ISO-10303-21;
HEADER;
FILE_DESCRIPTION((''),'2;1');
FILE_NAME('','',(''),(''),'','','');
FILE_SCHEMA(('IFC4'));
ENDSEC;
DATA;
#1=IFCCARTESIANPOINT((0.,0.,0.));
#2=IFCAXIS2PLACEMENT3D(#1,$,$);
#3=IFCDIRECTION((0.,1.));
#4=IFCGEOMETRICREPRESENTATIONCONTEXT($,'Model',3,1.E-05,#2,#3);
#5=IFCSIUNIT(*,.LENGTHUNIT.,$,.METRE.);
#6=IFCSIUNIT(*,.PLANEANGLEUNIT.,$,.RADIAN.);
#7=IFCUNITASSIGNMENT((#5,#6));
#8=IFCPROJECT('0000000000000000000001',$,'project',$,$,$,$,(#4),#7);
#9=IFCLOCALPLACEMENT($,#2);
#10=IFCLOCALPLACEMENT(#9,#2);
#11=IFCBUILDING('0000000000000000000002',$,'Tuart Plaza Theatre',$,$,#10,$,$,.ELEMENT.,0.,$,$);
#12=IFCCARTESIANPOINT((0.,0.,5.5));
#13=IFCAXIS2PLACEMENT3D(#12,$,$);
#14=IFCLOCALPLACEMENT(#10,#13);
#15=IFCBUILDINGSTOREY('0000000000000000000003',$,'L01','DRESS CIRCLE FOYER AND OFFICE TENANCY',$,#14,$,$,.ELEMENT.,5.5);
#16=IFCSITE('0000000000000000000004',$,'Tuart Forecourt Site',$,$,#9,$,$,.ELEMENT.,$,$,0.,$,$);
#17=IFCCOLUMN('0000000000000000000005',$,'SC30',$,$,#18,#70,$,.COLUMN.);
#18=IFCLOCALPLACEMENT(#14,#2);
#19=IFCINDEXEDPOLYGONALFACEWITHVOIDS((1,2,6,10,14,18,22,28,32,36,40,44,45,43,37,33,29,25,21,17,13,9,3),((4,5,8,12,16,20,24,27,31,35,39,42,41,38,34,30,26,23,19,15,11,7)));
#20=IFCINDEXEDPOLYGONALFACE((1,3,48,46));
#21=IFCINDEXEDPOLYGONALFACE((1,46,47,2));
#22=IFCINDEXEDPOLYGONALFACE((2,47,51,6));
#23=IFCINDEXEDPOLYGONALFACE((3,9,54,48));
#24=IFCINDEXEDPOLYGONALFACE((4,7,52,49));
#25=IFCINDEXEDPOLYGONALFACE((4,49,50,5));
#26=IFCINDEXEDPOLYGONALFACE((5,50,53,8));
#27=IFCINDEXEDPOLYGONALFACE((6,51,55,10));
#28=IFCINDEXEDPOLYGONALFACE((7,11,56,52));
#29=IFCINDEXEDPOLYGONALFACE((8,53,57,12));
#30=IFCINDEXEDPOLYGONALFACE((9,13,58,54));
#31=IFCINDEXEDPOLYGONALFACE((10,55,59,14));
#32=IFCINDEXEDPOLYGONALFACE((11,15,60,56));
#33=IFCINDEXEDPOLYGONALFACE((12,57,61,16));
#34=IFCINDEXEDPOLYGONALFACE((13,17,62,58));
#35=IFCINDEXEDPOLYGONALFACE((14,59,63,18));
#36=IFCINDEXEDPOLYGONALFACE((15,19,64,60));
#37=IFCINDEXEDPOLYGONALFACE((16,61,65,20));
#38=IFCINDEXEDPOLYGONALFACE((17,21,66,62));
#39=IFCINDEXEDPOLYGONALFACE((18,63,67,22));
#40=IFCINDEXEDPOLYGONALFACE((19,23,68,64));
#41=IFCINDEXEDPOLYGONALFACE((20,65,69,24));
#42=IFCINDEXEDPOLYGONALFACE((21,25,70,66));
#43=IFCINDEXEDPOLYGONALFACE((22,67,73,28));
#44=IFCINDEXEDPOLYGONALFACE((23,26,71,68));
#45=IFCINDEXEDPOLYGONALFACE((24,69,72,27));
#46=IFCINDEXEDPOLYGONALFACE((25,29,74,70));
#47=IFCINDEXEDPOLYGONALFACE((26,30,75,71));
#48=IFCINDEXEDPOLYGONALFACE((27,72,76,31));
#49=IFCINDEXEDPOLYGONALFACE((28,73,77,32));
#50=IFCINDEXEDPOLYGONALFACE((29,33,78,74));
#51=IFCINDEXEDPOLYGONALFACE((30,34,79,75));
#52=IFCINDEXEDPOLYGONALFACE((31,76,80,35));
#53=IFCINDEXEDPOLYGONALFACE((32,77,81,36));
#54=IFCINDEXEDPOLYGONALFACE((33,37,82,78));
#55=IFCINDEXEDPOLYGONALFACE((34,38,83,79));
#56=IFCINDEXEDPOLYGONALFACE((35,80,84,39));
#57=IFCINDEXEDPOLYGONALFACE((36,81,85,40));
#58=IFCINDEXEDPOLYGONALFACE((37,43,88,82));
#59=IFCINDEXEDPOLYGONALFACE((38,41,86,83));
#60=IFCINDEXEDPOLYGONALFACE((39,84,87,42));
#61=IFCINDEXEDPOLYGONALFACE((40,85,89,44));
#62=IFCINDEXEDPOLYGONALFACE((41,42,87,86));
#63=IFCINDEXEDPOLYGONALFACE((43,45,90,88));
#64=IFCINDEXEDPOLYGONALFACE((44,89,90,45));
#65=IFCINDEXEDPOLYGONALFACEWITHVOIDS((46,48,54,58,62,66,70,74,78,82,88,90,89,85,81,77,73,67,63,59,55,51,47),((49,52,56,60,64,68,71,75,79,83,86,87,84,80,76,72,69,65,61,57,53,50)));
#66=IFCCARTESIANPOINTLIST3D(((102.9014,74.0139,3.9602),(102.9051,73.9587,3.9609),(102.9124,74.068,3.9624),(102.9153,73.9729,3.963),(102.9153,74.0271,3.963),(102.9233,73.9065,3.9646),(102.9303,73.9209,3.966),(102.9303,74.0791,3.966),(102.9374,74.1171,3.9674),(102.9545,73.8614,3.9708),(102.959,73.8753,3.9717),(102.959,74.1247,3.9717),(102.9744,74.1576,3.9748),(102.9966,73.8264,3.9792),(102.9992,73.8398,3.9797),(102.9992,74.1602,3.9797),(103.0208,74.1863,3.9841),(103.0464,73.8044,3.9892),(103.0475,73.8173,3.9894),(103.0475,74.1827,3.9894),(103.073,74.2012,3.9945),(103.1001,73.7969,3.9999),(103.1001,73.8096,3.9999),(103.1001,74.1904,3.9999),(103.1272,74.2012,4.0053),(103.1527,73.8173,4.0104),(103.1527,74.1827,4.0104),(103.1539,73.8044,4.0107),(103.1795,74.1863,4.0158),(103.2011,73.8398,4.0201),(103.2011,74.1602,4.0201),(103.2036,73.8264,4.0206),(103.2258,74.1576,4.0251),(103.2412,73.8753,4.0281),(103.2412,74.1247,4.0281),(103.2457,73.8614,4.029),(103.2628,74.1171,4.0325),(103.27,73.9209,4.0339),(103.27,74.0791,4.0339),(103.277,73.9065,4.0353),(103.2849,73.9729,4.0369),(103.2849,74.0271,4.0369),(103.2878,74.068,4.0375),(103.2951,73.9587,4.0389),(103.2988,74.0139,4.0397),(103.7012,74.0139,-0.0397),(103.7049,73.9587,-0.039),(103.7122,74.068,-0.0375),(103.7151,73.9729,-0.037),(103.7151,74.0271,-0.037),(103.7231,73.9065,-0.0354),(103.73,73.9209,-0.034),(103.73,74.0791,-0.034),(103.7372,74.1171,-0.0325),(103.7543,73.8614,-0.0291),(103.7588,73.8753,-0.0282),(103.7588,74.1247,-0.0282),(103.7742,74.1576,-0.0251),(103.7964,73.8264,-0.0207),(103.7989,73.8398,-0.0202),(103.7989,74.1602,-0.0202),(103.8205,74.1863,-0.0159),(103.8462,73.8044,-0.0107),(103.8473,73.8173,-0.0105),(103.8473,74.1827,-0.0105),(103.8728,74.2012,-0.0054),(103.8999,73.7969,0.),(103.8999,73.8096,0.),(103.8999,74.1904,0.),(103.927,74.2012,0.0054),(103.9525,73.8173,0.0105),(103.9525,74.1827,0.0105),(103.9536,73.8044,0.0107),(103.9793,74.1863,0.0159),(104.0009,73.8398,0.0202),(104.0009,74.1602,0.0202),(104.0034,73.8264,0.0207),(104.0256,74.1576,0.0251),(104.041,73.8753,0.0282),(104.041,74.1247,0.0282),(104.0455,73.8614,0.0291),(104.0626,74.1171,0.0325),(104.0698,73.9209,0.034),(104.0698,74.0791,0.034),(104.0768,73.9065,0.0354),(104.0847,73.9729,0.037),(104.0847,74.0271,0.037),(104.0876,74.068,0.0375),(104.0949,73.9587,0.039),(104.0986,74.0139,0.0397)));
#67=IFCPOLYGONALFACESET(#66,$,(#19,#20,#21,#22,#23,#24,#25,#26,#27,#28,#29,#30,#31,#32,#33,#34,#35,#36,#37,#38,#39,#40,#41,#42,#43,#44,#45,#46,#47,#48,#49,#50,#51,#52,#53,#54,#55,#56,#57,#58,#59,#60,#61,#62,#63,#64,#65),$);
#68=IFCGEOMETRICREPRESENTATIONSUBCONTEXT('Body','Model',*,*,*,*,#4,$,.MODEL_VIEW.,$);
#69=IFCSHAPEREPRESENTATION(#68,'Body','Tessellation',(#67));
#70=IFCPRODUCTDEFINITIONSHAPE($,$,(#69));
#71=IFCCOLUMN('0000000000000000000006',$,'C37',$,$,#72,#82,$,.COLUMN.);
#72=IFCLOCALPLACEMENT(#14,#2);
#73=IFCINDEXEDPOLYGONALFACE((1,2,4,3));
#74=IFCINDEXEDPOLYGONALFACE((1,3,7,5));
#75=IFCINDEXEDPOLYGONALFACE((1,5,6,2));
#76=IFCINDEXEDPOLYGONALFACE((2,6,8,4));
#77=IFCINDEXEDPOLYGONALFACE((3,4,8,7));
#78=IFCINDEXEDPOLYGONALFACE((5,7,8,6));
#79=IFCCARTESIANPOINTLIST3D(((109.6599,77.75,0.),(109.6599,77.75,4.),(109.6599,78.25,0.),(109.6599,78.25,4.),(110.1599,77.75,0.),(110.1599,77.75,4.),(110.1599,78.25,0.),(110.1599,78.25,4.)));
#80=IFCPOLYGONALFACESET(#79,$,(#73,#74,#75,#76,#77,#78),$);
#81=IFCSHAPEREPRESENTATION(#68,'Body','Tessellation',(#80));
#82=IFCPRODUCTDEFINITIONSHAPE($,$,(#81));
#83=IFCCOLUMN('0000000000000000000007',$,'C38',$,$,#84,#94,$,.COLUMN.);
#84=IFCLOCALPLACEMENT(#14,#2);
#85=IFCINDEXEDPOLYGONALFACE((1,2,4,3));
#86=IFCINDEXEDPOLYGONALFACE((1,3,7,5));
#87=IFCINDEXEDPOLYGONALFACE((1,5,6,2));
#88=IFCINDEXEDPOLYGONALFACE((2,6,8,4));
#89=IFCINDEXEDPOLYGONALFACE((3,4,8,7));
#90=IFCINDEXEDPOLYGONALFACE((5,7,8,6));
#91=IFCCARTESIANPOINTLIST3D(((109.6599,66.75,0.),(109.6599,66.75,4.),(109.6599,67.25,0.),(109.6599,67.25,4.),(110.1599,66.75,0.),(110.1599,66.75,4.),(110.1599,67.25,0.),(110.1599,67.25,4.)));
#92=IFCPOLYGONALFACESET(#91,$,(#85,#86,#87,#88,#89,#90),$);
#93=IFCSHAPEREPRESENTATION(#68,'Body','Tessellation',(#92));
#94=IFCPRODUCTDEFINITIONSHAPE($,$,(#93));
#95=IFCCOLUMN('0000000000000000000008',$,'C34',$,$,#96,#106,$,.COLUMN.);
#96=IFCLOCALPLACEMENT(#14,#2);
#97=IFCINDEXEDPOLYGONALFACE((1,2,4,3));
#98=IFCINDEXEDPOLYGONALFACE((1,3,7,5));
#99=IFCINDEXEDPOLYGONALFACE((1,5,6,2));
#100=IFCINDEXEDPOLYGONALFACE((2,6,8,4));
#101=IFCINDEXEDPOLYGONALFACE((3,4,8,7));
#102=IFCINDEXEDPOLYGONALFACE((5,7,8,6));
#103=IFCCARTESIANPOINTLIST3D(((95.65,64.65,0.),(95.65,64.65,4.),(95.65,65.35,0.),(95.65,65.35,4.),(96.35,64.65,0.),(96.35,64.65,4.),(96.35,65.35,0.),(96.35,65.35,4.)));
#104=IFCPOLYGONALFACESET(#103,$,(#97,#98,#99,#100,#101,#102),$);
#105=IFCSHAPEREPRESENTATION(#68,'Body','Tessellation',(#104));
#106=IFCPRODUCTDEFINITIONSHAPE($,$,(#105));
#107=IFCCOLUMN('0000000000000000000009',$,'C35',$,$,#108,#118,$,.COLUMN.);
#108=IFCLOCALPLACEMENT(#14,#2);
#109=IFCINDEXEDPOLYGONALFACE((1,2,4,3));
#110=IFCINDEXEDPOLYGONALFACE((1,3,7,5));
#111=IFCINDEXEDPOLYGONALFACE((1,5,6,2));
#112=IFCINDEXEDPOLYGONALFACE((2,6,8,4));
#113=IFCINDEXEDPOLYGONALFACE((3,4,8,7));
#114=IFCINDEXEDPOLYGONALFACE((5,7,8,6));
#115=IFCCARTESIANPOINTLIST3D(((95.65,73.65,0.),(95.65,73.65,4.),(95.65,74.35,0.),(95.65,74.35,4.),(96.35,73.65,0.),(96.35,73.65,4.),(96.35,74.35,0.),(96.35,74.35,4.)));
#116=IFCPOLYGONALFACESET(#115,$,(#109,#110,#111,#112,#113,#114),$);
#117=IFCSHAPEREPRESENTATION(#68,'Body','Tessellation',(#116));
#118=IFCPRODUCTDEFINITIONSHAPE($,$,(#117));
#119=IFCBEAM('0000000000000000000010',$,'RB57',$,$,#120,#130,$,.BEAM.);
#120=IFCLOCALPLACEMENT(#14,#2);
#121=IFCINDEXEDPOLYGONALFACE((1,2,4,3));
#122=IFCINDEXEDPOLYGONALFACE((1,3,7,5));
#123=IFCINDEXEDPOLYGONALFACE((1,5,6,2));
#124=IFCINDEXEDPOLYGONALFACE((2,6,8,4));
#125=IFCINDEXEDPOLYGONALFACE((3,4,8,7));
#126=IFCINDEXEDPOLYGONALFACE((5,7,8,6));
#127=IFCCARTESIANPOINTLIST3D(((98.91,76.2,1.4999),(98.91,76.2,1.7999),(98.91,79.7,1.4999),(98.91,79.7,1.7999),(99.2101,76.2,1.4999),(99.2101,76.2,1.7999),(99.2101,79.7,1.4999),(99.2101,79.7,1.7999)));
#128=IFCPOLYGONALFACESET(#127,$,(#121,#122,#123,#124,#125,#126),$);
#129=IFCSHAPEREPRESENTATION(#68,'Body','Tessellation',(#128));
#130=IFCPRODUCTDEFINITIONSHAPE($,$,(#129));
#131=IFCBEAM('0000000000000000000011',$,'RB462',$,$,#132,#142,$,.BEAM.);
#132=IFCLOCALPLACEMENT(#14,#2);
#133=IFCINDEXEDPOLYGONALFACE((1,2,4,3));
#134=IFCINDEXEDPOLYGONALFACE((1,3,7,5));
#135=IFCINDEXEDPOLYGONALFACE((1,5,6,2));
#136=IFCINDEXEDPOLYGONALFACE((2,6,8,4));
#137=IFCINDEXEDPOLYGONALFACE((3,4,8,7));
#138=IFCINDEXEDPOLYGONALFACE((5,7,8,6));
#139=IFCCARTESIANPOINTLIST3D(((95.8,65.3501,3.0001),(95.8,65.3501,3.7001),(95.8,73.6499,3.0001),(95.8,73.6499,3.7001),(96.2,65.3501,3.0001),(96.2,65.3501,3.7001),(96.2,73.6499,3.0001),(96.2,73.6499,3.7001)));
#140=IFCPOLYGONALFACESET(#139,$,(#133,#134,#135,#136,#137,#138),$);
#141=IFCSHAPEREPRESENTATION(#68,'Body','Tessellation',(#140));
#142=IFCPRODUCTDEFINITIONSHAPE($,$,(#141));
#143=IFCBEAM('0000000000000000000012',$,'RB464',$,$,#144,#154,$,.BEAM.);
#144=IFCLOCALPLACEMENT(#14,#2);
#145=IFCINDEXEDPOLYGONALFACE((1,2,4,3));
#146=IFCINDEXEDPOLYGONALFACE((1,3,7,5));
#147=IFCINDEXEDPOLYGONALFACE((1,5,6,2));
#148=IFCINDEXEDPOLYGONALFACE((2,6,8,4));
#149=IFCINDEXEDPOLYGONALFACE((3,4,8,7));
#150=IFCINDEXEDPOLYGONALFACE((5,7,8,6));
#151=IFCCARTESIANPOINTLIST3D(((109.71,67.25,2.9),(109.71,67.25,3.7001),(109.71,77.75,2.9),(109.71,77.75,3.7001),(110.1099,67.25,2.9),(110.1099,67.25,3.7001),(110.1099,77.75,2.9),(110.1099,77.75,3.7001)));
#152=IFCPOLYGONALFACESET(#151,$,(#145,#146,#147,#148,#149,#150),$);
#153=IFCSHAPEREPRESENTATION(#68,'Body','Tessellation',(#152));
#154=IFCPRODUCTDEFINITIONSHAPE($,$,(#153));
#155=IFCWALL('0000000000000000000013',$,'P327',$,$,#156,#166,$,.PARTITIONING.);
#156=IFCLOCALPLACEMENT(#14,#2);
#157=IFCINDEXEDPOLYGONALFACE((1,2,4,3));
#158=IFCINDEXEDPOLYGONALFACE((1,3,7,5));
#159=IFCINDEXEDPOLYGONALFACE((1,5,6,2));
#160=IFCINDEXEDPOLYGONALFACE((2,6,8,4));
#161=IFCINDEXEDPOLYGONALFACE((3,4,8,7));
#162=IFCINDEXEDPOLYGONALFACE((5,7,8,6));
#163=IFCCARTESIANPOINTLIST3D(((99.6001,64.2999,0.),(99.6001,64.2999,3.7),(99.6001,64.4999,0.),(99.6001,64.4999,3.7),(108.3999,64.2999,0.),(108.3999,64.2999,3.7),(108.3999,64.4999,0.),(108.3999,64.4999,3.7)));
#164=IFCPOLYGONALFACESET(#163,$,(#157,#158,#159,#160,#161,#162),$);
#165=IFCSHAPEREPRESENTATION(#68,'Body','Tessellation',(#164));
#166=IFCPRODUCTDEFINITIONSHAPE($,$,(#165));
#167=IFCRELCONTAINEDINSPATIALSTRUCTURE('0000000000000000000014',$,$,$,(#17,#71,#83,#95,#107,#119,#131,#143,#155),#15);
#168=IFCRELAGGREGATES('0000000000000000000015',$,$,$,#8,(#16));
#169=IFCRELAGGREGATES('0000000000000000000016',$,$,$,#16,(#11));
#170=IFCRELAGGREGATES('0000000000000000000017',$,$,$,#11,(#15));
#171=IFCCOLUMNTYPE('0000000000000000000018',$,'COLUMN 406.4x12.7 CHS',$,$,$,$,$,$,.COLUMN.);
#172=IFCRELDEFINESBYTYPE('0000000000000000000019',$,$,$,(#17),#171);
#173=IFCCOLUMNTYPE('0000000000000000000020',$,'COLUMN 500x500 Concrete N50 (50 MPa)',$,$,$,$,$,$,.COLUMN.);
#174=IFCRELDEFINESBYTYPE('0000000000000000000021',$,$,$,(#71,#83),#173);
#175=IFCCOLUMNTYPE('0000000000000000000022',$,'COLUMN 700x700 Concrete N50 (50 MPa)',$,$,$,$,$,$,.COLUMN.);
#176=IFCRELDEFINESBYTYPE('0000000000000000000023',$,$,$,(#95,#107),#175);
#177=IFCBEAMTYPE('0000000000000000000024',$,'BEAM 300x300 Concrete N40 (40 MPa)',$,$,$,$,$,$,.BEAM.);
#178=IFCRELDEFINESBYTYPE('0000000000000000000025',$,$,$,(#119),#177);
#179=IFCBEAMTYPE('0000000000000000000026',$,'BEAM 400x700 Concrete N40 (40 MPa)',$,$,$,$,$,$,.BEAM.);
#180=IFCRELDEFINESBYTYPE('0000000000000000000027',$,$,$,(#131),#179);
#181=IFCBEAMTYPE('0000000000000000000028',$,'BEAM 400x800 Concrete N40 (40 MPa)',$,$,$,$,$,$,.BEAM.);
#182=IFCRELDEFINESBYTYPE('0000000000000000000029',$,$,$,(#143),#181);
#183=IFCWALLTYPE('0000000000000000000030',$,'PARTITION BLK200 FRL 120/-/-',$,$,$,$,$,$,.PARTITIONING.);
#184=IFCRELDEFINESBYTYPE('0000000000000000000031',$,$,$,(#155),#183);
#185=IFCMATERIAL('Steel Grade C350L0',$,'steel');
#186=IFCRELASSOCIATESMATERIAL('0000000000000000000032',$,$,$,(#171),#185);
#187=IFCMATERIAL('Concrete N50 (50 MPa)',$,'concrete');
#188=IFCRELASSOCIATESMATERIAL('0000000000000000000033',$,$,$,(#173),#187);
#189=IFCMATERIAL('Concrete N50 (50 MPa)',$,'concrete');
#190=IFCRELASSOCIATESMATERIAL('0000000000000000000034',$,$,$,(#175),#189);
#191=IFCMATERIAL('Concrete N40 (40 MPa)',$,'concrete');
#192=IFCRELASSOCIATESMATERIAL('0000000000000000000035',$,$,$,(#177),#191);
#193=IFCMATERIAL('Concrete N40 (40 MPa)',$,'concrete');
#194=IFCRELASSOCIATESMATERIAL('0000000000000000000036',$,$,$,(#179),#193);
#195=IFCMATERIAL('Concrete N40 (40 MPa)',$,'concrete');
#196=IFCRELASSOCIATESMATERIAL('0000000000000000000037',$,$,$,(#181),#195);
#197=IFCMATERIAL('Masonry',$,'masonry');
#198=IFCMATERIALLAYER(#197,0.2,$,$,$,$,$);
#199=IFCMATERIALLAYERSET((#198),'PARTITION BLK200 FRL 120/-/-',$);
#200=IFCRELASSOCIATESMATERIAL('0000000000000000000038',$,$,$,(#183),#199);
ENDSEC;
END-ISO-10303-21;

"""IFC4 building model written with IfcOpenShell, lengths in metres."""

from ifc_helpers import new_model, si_unit, direction, frame, frame_2d, origin, origin_2d, place, context, subcontext, project, spatial, rectangle, hollow_circle, extrude, material, layer, layer_set, material_profile, profile_set, type_object, element, save


model = new_model("IFC4")

# Units and contexts
model_context = context("Model", 3, precision=1e-05, world=origin(), true_north=direction((0.0, 1.0)))
body_context = subcontext(model_context, "Body", "Model", "MODEL_VIEW")
ifc_project = project(units=[si_unit("LENGTHUNIT", "METRE"), si_unit("PLANEANGLEUNIT", "RADIAN")], contexts=[model_context])

# Site, building, storey
site_placement = place(None, origin())
site = spatial("IfcSite", under=ifc_project, at=site_placement, Name="Tuart Forecourt Site", CompositionType="ELEMENT", RefElevation=0.0)
building_placement = place(site_placement, origin())
building = spatial("IfcBuilding", under=site, at=building_placement, Name="Tuart Plaza Theatre", CompositionType="ELEMENT", ElevationOfRefHeight=0.0)
storey_placement = place(building_placement, frame((0.0, 0.0, 5.5)))
storey = spatial("IfcBuildingStorey", under=building, at=storey_placement, Name="L01", Description="DRESS CIRCLE FOYER AND OFFICE TENANCY", CompositionType="ELEMENT", Elevation=5.5)

# Columns
ifc_material_1 = material(Name="Steel Grade C350L0", Category="steel")
ifc_material_profile_1 = material_profile(ifc_material_1, hollow_circle(Radius=0.2031, WallThickness=0.0127, at=origin_2d()), Name="406.4x12.7 CHS")
ifc_profile_set_1 = profile_set([ifc_material_profile_1], Name="Steel Grade C350L0")
column_type_1 = type_object("IfcColumnType", Name="COLUMN 406.4x12.7 CHS", PredefinedType="COLUMN", material=ifc_profile_set_1)
for number, where, z_axis, x_axis, name in (
    (1, (103.8999, 74.0, 0.0), (-0.19607, 0.0, 0.98059), (0.0, -1.0, 0.0), "SC30"),
):
    element("IfcColumn", number, at=place(storey_placement, frame(where, z_axis=z_axis, x_axis=x_axis)), inside=storey, type_object=column_type_1, Name=name, PredefinedType="COLUMN", context=body_context, shape_type="SweptSolid", body=[
        extrude(hollow_circle(Radius=0.2031, WallThickness=0.0127, at=origin_2d()), origin(), (0.0, 0.0, 1.0), 4.0791),
    ])
ifc_material_2 = material(Name="Concrete N50 (50 MPa)", Category="concrete")
ifc_material_profile_2 = material_profile(ifc_material_2, rectangle(XDim=0.5, YDim=0.5, at=origin_2d()), Name="COLUMN 500x500 Concrete N50 (50 MPa)")
ifc_profile_set_2 = profile_set([ifc_material_profile_2], Name="Concrete N50 (50 MPa)")
column_type_2 = type_object("IfcColumnType", Name="COLUMN 500x500 Concrete N50 (50 MPa)", PredefinedType="COLUMN", material=ifc_profile_set_2)
for number, where, z_axis, x_axis, name in (
    (2, (109.9099, 78.0, 0.0), (0.0, 0.0, 1.0), (1.0, 0.0, 0.0), "C37"),
    (3, (109.9099, 67.0, 0.0), (0.0, 0.0, 1.0), (1.0, 0.0, 0.0), "C38"),
):
    element("IfcColumn", number, at=place(storey_placement, frame(where, z_axis=z_axis, x_axis=x_axis)), inside=storey, type_object=column_type_2, Name=name, PredefinedType="COLUMN", context=body_context, shape_type="SweptSolid", body=[
        extrude(rectangle(XDim=0.5, YDim=0.5, at=origin_2d()), origin(), (0.0, 0.0, 1.0), 4.0),
    ])
ifc_material_3 = material(Name="Concrete N50 (50 MPa)", Category="concrete")
ifc_material_profile_3 = material_profile(ifc_material_3, rectangle(XDim=0.7, YDim=0.7, at=origin_2d()), Name="COLUMN 700x700 Concrete N50 (50 MPa)")
ifc_profile_set_3 = profile_set([ifc_material_profile_3], Name="Concrete N50 (50 MPa)")
column_type_3 = type_object("IfcColumnType", Name="COLUMN 700x700 Concrete N50 (50 MPa)", PredefinedType="COLUMN", material=ifc_profile_set_3)
for number, where, z_axis, x_axis, name in (
    (4, (96.0, 65.0, 0.0), (0.0, 0.0, 1.0), (1.0, 0.0, 0.0), "C34"),
    (5, (96.0, 74.0, 0.0), (0.0, 0.0, 1.0), (1.0, 0.0, 0.0), "C35"),
):
    element("IfcColumn", number, at=place(storey_placement, frame(where, z_axis=z_axis, x_axis=x_axis)), inside=storey, type_object=column_type_3, Name=name, PredefinedType="COLUMN", context=body_context, shape_type="SweptSolid", body=[
        extrude(rectangle(XDim=0.7, YDim=0.7, at=origin_2d()), origin(), (0.0, 0.0, 1.0), 4.0),
    ])

# Beams
ifc_material_4 = material(Name="Concrete N40 (40 MPa)", Category="concrete")
ifc_material_profile_4 = material_profile(ifc_material_4, rectangle(XDim=0.3, YDim=0.3, at=origin_2d()), Name="BEAM 300x300 Concrete N40 (40 MPa)")
ifc_profile_set_4 = profile_set([ifc_material_profile_4], Name="Concrete N40 (40 MPa)")
beam_type_1 = type_object("IfcBeamType", Name="BEAM 300x300 Concrete N40 (40 MPa)", PredefinedType="BEAM", material=ifc_profile_set_4)
beam_1_placement = place(storey_placement, frame((99.0601, 76.2, 1.6499), z_axis=(0.0, 1.0, 0.0), x_axis=(-1.0, 0.0, 0.0)))
element("IfcBeam", 6, at=beam_1_placement, inside=storey, type_object=beam_type_1, Name="RB57", PredefinedType="BEAM", context=body_context, shape_type="SweptSolid", body=[
    extrude(rectangle(XDim=0.3, YDim=0.3, at=origin_2d()), origin(), (0.0, 0.0, 1.0), 3.5),
])
ifc_material_5 = material(Name="Concrete N40 (40 MPa)", Category="concrete")
ifc_material_profile_5 = material_profile(ifc_material_5, rectangle(XDim=0.3999, YDim=0.7, at=origin_2d()), Name="BEAM 400x700 Concrete N40 (40 MPa)")
ifc_profile_set_5 = profile_set([ifc_material_profile_5], Name="Concrete N40 (40 MPa)")
beam_type_2 = type_object("IfcBeamType", Name="BEAM 400x700 Concrete N40 (40 MPa)", PredefinedType="BEAM", material=ifc_profile_set_5)
beam_2_placement = place(storey_placement, frame((96.0, 65.3501, 3.3501), z_axis=(0.0, 1.0, 0.0), x_axis=(-1.0, 0.0, 0.0)))
element("IfcBeam", 7, at=beam_2_placement, inside=storey, type_object=beam_type_2, Name="RB462", PredefinedType="BEAM", context=body_context, shape_type="SweptSolid", body=[
    extrude(rectangle(XDim=0.3999, YDim=0.7, at=origin_2d()), origin(), (0.0, 0.0, 1.0), 8.2998),
])
ifc_material_6 = material(Name="Concrete N40 (40 MPa)", Category="concrete")
ifc_material_profile_6 = material_profile(ifc_material_6, rectangle(XDim=0.3999, YDim=0.8, at=origin_2d()), Name="BEAM 400x800 Concrete N40 (40 MPa)")
ifc_profile_set_6 = profile_set([ifc_material_profile_6], Name="Concrete N40 (40 MPa)")
beam_type_3 = type_object("IfcBeamType", Name="BEAM 400x800 Concrete N40 (40 MPa)", PredefinedType="BEAM", material=ifc_profile_set_6)
beam_3_placement = place(storey_placement, frame((109.9099, 77.75, 3.3), z_axis=(0.0, -1.0, 0.0), x_axis=(1.0, 0.0, 0.0)))
element("IfcBeam", 8, at=beam_3_placement, inside=storey, type_object=beam_type_3, Name="RB464", PredefinedType="BEAM", context=body_context, shape_type="SweptSolid", body=[
    extrude(rectangle(XDim=0.3999, YDim=0.8, at=origin_2d()), origin(), (0.0, 0.0, 1.0), 10.5),
])

# Wall
ifc_material_7 = material(Name="Masonry", Category="masonry")
ifc_layer_1 = layer(ifc_material_7, 0.2)
ifc_layer_set_1 = layer_set([ifc_layer_1], Name="PARTITION BLK200 FRL 120/-/-")
wall_type_1 = type_object("IfcWallType", Name="PARTITION BLK200 FRL 120/-/-", PredefinedType="PARTITIONING", material=ifc_layer_set_1)
wall_1_placement = place(storey_placement, frame((108.3999, 64.3999, 0.0), z_axis=(0.0, 0.0, 1.0), x_axis=(-1.0, 0.0, 0.0)))
element("IfcWall", 9, at=wall_1_placement, inside=storey, type_object=wall_type_1, Name="P327", PredefinedType="PARTITIONING", context=body_context, shape_type="SweptSolid", body=[
    extrude(rectangle(XDim=8.7998, YDim=0.2, at=frame_2d((4.3999, 0.0))), origin(), (0.0, 0.0, 1.0), 3.7),
])

save(model, "model.ifc")
